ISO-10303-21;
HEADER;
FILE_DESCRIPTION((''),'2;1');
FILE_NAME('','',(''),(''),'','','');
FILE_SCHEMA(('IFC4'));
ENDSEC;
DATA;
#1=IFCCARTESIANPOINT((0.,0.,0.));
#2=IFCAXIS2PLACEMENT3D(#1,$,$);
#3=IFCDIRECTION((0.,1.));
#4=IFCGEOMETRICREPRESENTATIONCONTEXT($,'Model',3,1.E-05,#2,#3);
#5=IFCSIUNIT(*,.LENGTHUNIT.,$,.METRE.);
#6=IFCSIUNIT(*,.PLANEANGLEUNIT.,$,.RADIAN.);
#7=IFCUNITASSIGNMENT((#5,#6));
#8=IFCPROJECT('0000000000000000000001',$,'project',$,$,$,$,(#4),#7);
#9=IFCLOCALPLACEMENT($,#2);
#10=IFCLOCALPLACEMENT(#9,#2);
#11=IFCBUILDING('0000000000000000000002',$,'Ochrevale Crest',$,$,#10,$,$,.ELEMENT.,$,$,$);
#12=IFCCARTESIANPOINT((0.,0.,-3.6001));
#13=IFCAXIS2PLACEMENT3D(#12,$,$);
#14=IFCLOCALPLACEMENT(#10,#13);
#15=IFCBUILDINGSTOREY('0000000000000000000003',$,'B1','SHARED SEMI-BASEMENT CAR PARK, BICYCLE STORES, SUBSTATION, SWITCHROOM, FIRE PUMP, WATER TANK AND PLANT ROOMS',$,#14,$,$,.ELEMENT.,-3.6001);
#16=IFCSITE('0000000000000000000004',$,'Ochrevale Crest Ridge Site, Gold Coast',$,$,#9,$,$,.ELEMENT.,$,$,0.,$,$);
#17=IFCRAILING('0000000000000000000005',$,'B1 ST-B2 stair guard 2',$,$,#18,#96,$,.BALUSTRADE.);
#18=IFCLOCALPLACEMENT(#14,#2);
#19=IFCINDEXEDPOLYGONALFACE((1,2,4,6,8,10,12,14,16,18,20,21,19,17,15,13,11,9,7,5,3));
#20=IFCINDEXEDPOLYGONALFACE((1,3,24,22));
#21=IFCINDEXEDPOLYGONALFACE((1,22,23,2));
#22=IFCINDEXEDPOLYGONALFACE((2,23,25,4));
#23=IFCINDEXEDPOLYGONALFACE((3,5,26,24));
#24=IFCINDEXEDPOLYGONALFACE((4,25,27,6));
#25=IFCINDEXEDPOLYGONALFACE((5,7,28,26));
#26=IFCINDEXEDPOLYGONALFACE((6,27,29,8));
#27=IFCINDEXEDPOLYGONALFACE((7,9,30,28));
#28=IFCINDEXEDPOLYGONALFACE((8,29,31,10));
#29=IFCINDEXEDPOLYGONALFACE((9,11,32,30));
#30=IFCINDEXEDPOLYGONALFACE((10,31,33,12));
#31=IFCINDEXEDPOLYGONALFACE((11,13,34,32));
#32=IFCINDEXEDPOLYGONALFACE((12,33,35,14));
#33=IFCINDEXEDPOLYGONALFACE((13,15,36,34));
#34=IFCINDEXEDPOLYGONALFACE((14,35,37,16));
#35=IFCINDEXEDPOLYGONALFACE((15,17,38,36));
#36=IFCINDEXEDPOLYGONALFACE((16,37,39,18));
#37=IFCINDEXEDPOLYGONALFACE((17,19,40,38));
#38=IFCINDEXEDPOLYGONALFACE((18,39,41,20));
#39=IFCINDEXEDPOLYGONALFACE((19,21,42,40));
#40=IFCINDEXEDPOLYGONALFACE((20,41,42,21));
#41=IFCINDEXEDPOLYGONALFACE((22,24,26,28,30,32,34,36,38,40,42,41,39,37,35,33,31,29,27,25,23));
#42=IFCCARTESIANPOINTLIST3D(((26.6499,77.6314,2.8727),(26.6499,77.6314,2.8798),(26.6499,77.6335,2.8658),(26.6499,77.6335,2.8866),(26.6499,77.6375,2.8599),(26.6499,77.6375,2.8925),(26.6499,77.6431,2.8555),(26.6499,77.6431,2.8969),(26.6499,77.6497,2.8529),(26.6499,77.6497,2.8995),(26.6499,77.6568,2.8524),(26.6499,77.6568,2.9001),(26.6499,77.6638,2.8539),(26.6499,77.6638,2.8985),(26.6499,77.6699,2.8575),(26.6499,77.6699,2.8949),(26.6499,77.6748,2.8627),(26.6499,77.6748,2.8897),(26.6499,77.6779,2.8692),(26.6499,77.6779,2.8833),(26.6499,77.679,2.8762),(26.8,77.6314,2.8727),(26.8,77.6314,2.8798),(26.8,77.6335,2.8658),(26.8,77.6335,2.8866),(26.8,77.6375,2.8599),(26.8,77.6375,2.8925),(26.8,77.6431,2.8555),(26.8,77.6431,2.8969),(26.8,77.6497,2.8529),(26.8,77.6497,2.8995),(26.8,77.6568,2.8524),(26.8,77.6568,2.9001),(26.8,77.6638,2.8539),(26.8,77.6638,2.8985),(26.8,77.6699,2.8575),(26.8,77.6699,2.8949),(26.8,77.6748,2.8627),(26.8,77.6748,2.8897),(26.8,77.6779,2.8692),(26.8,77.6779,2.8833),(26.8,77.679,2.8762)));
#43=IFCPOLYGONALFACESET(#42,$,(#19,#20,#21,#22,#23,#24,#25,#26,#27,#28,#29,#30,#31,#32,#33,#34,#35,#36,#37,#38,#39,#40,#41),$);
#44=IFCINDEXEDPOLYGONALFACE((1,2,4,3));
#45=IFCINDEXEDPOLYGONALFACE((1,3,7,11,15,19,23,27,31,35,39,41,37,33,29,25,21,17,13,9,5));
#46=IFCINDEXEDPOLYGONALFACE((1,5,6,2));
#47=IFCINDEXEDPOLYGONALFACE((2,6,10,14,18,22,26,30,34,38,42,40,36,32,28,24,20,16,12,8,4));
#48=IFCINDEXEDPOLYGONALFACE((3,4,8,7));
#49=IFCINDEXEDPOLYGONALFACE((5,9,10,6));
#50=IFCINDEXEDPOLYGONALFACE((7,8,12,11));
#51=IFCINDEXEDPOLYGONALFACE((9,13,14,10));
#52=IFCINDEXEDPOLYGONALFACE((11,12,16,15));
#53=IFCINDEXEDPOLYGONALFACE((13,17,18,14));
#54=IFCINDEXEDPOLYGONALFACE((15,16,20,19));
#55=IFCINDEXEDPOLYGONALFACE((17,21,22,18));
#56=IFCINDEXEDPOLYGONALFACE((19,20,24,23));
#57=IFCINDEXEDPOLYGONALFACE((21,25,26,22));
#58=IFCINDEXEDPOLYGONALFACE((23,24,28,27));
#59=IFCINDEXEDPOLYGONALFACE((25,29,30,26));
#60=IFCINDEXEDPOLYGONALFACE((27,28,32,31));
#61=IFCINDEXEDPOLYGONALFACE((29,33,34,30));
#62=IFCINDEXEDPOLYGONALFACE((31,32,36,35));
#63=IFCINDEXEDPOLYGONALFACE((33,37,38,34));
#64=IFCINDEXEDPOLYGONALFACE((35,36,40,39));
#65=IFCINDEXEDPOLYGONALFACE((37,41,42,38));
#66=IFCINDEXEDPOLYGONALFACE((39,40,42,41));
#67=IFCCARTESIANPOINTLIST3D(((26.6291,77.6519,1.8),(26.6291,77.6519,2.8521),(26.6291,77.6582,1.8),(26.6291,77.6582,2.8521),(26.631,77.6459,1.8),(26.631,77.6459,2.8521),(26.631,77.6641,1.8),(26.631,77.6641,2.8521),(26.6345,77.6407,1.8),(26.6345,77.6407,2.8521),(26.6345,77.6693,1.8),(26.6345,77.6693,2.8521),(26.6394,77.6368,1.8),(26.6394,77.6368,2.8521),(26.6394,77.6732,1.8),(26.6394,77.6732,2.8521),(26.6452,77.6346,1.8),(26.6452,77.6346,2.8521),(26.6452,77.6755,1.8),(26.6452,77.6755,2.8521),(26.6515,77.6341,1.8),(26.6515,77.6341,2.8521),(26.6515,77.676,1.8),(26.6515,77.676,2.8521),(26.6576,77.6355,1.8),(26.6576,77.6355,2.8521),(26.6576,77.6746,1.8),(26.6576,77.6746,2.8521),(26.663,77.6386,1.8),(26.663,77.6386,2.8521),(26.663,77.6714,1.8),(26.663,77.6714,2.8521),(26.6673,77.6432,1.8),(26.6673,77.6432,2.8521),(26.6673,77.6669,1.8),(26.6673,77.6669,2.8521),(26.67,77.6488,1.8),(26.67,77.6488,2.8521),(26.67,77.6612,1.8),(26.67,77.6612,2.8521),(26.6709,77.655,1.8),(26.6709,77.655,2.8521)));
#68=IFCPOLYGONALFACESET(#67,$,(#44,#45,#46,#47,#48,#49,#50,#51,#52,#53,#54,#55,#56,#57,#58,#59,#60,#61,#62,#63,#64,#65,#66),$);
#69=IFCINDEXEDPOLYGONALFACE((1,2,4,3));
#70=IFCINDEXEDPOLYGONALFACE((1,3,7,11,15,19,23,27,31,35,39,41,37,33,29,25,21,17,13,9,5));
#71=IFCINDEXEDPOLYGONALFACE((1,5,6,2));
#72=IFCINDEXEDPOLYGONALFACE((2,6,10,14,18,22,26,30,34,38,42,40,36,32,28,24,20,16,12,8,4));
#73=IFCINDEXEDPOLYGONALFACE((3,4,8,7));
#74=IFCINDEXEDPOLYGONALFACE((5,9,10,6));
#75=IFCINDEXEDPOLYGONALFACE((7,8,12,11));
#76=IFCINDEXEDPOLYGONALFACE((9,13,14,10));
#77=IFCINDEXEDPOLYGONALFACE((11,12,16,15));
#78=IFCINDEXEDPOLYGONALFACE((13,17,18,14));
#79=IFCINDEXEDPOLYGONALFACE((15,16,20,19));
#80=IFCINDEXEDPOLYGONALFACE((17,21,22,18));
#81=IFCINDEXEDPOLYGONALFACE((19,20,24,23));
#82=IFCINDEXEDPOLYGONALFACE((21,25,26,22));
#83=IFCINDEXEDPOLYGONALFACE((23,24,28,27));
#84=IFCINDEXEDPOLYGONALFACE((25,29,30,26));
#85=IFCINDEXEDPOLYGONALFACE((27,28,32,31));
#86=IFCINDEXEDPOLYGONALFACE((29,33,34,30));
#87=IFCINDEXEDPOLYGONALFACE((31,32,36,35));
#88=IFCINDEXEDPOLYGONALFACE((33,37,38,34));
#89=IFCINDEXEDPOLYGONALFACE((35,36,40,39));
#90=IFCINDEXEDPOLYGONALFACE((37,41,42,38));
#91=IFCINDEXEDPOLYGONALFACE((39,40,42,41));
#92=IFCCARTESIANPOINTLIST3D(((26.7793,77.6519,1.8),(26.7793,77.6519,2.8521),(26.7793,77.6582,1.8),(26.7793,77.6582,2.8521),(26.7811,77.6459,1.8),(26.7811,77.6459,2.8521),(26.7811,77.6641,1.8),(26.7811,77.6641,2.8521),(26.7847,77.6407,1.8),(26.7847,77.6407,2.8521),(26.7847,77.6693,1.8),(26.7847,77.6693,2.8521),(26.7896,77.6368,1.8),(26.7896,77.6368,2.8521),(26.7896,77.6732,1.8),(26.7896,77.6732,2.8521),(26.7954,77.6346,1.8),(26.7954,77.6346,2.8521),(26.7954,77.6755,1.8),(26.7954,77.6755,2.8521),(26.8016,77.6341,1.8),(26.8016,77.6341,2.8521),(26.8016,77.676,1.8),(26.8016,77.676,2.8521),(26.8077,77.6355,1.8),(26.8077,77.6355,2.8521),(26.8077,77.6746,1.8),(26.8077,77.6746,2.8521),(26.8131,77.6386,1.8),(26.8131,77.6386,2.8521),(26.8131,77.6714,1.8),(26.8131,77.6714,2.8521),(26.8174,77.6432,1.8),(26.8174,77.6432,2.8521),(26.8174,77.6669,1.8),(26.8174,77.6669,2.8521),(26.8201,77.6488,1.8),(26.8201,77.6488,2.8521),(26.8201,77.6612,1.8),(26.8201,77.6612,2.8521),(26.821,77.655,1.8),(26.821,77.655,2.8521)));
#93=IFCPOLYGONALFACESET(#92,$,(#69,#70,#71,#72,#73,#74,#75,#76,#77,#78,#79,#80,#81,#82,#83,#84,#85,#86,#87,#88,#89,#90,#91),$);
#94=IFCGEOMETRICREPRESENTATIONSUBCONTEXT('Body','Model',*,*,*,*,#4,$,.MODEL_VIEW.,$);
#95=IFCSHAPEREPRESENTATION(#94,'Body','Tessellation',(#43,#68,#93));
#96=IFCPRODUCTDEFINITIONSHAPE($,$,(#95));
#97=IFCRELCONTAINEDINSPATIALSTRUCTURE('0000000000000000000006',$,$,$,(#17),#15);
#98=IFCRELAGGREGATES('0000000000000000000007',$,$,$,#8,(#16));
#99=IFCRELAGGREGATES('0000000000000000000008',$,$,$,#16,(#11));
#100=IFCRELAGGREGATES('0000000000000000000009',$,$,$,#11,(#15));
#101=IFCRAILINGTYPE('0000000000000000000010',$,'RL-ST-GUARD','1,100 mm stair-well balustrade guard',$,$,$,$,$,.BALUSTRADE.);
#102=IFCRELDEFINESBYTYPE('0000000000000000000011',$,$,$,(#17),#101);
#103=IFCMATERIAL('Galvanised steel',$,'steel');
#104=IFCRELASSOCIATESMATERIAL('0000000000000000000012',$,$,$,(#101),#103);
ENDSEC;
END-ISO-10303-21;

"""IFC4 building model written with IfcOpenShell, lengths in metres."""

from ifc_helpers import new_model, si_unit, direction, frame, origin, origin_2d, place, context, subcontext, project, spatial, circle, extrude, material, type_object, element, save


model = new_model("IFC4")

# Units and contexts
model_context = context("Model", 3, precision=1e-05, world=origin(), true_north=direction((0.0, 1.0)))
body_context = subcontext(model_context, "Body", "Model", "MODEL_VIEW")
ifc_project = project(units=[si_unit("LENGTHUNIT", "METRE"), si_unit("PLANEANGLEUNIT", "RADIAN")], contexts=[model_context])

# Site, building, storey
site_placement = place(None, origin())
site = spatial("IfcSite", under=ifc_project, at=site_placement, Name="Ochrevale Crest Ridge Site, Gold Coast", CompositionType="ELEMENT", RefElevation=0.0)
building_placement = place(site_placement, origin())
building = spatial("IfcBuilding", under=site, at=building_placement, Name="Ochrevale Crest", CompositionType="ELEMENT")
storey_placement = place(building_placement, frame((0.0, 0.0, -3.6001)))
storey = spatial("IfcBuildingStorey", under=building, at=storey_placement, Name="B1", Description="SHARED SEMI-BASEMENT CAR PARK, BICYCLE STORES, SUBSTATION, SWITCHROOM, FIRE PUMP, WATER TANK AND PLANT ROOMS", CompositionType="ELEMENT", Elevation=-3.6001)

# Railing
ifc_material_1 = material(Name="Galvanised steel", Category="steel")
railing_type = type_object("IfcRailingType", Name="RL-ST-GUARD", Description="1,100 mm stair-well balustrade guard", PredefinedType="BALUSTRADE", material=ifc_material_1)
railing_1_placement = place(storey_placement, frame((26.6499, 77.655, 1.8)))
element("IfcRailing", 1, at=railing_1_placement, inside=storey, type_object=railing_type, Name="B1 ST-B2 stair guard 2", PredefinedType="BALUSTRADE", context=body_context, shape_type="SweptSolid", body=[
    extrude(circle(Radius=0.0239, at=origin_2d()), frame((0.0, 0.0, 1.0762), z_axis=(1.0, 0.0, 0.0), x_axis=(0.0, 1.0, 0.0)), (0.0, 0.0, 1.0), 0.1501),
    extrude(circle(Radius=0.021, at=origin_2d()), origin(), (0.0, 0.0, 1.0), 1.052),
    extrude(circle(Radius=0.021, at=origin_2d()), frame((0.1501, 0.0, 0.0)), (0.0, 0.0, 1.0), 1.052),
])

save(model, "model.ifc")
